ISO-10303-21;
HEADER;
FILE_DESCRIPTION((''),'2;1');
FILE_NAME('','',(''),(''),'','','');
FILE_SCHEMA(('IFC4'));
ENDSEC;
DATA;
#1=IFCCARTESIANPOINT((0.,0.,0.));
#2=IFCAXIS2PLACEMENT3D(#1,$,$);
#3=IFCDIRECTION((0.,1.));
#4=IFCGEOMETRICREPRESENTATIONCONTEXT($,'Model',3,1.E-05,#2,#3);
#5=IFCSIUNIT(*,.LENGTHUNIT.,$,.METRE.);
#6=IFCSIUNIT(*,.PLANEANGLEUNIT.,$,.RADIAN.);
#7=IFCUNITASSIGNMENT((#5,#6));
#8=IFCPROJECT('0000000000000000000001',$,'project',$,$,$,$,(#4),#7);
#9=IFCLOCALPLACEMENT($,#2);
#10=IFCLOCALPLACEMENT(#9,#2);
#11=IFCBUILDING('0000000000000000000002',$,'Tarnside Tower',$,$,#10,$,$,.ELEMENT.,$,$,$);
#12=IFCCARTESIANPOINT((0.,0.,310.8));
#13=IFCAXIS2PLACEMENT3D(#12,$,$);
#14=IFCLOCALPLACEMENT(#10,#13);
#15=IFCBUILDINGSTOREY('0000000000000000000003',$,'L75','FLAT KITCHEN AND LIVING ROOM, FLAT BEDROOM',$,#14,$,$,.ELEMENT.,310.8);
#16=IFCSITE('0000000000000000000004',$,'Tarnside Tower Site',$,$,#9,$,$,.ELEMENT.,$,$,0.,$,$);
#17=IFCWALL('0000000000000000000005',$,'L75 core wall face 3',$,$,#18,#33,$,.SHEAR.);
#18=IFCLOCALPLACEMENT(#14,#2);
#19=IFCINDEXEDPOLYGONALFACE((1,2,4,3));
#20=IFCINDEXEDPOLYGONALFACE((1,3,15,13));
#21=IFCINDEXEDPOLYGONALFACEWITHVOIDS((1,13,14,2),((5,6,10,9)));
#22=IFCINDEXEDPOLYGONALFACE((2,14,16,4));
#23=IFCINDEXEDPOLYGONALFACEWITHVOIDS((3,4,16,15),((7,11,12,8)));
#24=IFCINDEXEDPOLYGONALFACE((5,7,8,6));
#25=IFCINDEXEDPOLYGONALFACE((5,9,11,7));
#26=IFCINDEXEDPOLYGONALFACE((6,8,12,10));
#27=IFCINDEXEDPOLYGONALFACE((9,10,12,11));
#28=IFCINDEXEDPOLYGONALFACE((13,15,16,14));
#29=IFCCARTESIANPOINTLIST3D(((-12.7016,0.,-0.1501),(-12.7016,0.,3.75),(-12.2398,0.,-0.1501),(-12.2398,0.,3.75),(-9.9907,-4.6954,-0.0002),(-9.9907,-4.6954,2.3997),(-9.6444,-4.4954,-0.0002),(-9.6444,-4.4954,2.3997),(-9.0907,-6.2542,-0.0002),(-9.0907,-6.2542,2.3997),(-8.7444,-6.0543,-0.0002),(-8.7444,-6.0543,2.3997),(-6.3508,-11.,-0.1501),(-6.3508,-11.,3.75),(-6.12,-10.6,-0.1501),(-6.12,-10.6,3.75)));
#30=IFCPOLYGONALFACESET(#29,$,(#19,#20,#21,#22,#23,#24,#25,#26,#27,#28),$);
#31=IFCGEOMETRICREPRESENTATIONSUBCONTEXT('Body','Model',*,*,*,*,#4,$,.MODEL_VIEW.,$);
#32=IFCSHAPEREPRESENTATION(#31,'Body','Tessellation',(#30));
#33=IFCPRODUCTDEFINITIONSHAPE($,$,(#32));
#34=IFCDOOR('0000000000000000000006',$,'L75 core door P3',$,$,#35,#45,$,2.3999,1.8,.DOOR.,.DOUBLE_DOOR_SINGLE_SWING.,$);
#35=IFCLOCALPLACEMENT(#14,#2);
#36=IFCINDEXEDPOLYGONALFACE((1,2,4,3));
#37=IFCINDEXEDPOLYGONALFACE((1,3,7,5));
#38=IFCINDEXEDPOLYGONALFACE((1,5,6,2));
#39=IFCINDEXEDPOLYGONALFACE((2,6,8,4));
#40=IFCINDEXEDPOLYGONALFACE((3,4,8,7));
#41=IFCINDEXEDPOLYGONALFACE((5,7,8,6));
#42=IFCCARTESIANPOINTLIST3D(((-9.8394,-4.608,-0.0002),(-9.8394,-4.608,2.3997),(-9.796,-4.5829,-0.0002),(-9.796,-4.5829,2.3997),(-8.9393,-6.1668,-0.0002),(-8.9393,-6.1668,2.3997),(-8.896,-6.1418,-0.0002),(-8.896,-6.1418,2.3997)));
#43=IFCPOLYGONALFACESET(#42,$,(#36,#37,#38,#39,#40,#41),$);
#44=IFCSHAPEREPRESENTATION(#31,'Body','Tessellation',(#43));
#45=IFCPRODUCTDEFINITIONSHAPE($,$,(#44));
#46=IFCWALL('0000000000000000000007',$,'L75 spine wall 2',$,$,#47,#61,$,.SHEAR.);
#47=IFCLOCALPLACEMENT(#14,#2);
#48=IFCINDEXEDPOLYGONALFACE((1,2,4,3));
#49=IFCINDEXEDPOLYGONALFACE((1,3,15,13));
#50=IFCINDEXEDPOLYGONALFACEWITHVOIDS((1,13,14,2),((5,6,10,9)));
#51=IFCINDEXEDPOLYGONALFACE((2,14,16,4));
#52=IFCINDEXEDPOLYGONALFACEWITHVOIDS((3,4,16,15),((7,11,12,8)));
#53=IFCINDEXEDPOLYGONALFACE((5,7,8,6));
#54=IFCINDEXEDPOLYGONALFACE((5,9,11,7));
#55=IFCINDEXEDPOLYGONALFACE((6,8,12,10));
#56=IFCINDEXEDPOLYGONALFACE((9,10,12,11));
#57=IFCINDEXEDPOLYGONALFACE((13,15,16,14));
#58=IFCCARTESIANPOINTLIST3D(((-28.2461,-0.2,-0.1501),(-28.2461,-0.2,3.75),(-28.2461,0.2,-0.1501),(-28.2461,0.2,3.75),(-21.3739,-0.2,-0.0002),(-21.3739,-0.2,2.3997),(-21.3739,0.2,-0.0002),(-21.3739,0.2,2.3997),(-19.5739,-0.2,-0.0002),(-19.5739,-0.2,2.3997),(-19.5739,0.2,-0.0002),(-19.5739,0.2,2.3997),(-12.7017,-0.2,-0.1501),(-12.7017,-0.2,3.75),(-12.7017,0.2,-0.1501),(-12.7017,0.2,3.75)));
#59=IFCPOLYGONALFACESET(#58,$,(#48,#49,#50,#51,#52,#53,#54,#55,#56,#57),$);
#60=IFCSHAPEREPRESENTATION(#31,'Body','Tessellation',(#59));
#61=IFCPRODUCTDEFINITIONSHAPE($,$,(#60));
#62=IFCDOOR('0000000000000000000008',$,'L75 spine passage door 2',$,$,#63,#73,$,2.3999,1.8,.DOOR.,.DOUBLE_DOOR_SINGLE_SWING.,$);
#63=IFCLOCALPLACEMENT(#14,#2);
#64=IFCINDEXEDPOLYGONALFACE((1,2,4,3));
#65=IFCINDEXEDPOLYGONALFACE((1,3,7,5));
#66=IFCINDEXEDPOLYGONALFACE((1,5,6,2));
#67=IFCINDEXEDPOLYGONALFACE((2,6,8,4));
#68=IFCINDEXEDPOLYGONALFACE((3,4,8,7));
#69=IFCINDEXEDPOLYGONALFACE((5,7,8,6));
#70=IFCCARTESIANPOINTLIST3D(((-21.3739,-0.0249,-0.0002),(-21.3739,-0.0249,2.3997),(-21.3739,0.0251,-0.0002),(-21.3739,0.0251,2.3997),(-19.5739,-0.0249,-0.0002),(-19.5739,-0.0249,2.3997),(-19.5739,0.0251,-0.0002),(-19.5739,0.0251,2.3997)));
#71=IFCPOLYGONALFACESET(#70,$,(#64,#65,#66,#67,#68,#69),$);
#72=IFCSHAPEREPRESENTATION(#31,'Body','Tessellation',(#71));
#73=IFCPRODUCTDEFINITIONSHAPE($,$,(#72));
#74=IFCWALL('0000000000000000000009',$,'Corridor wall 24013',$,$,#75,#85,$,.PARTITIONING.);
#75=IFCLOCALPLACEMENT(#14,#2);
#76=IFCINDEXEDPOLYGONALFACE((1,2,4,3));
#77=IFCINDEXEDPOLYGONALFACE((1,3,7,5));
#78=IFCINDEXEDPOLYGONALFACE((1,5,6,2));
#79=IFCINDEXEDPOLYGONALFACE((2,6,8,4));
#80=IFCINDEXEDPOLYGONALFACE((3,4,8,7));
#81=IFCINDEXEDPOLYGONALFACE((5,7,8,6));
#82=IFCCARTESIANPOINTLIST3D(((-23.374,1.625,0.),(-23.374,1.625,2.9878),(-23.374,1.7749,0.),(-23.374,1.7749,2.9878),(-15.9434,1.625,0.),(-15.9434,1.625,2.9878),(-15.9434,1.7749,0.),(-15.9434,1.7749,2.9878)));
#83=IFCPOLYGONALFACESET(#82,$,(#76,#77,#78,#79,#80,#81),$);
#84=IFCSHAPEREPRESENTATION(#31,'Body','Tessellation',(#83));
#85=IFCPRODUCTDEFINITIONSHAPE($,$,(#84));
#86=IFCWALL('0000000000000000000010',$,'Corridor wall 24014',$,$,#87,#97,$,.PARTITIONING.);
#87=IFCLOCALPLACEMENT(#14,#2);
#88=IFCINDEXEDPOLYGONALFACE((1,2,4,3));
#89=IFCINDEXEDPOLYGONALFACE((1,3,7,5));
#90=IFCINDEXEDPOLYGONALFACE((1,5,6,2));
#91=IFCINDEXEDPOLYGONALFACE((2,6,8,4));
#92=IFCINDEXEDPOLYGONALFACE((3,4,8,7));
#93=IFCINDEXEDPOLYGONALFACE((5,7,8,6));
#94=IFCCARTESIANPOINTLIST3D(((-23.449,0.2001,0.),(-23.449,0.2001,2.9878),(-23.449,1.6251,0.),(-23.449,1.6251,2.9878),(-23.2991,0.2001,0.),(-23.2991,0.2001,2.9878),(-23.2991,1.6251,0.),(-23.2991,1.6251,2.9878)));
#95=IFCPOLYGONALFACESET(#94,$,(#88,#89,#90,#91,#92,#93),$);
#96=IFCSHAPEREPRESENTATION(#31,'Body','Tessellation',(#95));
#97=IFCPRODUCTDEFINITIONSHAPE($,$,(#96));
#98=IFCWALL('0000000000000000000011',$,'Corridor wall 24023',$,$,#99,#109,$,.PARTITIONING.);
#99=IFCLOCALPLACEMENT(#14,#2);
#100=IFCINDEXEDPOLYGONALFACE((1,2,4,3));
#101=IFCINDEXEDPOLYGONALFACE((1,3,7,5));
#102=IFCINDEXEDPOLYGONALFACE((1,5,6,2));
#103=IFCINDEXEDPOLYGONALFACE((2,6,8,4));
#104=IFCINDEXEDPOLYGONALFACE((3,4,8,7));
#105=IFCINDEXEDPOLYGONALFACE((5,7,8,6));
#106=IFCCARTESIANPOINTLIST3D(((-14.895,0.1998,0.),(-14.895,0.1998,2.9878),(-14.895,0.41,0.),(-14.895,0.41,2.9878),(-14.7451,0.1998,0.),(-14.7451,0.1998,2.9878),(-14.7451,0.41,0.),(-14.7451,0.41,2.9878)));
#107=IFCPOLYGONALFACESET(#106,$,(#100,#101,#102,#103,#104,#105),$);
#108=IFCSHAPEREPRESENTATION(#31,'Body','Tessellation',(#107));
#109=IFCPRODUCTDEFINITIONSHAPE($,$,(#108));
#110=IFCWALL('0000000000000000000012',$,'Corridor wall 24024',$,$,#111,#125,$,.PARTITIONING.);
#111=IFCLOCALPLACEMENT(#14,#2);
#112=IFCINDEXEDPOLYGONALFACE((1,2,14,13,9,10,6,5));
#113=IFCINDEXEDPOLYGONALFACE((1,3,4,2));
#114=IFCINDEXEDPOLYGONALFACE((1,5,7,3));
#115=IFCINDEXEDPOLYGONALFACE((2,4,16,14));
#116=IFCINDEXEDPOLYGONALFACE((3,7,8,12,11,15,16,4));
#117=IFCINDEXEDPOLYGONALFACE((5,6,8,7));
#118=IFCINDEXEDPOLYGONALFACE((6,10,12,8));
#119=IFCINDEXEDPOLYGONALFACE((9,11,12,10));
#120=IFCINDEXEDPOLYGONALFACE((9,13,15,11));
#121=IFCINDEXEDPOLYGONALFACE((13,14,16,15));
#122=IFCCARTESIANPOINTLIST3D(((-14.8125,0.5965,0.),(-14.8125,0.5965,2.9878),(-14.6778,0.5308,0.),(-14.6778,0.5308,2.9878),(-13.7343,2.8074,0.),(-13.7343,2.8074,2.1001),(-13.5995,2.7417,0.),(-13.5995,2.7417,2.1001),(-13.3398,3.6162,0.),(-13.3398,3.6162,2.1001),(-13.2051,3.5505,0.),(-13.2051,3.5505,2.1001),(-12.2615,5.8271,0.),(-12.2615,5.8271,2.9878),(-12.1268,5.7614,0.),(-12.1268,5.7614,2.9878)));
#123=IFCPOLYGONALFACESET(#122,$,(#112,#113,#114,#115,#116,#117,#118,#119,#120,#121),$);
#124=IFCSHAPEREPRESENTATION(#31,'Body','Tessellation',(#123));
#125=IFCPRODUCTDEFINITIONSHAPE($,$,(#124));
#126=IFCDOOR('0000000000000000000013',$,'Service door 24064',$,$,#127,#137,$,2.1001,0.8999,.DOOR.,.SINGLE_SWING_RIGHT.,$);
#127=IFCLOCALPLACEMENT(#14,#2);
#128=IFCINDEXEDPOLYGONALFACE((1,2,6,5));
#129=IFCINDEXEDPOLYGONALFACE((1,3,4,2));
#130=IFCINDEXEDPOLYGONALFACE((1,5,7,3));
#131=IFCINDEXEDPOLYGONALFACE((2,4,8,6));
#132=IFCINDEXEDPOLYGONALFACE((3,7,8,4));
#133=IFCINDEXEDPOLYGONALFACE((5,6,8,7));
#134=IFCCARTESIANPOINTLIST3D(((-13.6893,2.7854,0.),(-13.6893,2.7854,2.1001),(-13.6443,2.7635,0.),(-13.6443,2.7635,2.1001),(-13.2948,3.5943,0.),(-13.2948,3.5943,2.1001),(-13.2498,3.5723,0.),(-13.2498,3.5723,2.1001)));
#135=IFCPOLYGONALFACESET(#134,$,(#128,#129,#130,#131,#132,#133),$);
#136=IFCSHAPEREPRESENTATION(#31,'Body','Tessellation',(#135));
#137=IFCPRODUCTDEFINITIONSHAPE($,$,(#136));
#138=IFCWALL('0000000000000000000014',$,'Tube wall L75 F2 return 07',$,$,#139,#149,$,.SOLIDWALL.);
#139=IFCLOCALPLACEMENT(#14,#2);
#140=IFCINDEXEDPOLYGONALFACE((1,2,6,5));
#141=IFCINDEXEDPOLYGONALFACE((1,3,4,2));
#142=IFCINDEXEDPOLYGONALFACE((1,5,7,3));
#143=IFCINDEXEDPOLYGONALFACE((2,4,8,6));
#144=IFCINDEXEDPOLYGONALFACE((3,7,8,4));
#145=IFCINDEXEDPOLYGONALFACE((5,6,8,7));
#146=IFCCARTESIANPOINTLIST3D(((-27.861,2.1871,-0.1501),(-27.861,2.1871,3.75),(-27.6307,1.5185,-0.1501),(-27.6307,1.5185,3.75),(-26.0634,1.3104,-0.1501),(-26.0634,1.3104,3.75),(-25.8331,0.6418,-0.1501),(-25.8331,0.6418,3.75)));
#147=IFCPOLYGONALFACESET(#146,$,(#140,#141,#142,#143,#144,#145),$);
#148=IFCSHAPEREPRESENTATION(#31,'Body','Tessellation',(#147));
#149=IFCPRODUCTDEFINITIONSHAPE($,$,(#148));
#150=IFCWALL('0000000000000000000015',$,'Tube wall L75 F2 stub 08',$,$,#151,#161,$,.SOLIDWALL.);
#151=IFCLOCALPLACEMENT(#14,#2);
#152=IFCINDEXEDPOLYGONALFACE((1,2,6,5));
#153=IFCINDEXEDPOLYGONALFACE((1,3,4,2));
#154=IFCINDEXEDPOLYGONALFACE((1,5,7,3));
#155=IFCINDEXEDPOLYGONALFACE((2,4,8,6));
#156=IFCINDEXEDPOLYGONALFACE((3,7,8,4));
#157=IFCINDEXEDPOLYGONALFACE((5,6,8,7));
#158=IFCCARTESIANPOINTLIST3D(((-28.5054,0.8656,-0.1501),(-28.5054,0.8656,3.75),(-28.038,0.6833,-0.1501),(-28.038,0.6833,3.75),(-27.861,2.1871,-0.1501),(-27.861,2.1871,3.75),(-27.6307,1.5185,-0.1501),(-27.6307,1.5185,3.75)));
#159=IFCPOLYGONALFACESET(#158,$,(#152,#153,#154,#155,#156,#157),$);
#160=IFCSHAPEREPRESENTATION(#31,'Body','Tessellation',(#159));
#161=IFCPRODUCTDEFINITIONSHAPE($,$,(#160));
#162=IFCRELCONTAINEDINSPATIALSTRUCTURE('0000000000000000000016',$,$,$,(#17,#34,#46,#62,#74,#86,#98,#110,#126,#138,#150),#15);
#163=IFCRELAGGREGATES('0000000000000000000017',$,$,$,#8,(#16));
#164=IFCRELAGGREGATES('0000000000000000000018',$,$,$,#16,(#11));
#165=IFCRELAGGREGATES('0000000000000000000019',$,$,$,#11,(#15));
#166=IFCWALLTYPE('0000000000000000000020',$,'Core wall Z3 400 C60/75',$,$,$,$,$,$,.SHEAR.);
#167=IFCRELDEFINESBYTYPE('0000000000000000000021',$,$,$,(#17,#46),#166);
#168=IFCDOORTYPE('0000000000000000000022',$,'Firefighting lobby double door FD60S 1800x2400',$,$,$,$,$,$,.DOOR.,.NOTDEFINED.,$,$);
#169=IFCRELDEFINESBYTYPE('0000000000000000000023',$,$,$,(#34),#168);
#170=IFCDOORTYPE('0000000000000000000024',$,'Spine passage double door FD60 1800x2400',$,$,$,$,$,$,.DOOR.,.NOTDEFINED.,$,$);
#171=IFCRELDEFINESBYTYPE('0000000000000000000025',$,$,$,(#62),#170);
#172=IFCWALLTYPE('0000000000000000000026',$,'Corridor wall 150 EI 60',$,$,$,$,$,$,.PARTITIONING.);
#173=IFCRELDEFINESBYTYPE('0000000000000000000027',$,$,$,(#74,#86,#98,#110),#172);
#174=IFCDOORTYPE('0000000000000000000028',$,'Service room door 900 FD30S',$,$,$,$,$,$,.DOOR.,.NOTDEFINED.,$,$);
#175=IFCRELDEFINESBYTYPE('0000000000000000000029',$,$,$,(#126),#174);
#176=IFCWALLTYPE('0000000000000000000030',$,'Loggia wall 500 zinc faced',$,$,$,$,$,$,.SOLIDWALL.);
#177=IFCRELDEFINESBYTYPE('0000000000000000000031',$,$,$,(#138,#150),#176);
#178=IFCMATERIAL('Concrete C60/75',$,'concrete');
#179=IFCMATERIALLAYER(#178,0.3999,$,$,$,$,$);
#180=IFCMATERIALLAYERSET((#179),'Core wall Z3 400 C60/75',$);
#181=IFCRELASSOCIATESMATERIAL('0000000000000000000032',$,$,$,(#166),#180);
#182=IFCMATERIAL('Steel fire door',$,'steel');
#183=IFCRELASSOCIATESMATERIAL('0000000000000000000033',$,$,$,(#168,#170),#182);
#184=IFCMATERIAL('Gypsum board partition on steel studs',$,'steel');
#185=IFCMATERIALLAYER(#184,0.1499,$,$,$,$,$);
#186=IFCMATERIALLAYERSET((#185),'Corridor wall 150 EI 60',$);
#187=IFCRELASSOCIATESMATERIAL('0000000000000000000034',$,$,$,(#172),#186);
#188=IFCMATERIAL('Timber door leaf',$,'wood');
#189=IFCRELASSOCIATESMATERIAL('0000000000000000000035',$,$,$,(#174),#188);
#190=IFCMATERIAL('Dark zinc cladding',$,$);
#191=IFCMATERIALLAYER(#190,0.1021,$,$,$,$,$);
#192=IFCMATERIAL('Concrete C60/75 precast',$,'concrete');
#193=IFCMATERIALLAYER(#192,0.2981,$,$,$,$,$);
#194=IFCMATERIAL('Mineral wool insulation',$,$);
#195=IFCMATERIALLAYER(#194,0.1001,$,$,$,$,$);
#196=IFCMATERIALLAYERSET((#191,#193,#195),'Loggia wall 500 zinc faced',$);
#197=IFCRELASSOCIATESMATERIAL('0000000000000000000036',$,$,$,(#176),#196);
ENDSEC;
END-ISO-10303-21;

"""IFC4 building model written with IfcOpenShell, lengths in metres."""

from ifc_helpers import new_model, si_unit, direction, frame, frame_2d, origin, place, context, subcontext, project, spatial, polyline, rectangle, outline, extrude, material, layer, layer_set, type_object, element, fill, save


model = new_model("IFC4")

# Units and contexts
model_context = context("Model", 3, precision=1e-05, world=origin(), true_north=direction((0.0, 1.0)))
body_context = subcontext(model_context, "Body", "Model", "MODEL_VIEW")
ifc_project = project(units=[si_unit("LENGTHUNIT", "METRE"), si_unit("PLANEANGLEUNIT", "RADIAN")], contexts=[model_context])

# Site, building, storey
site_placement = place(None, origin())
site = spatial("IfcSite", under=ifc_project, at=site_placement, Name="Tarnside Tower Site", CompositionType="ELEMENT", RefElevation=0.0)
building_placement = place(site_placement, origin())
building = spatial("IfcBuilding", under=site, at=building_placement, Name="Tarnside Tower", CompositionType="ELEMENT")
storey_placement = place(building_placement, frame((0.0, 0.0, 310.8)))
storey = spatial("IfcBuildingStorey", under=building, at=storey_placement, Name="L75", Description="FLAT KITCHEN AND LIVING ROOM, FLAT BEDROOM", CompositionType="ELEMENT", Elevation=310.8)

# Walls, openings, doors
ifc_material_1 = material(Name="Concrete C60/75", Category="concrete")
ifc_layer_1 = layer(ifc_material_1, 0.3999)
ifc_layer_set_1 = layer_set([ifc_layer_1], Name="Core wall Z3 400 C60/75")
wall_type_1 = type_object("IfcWallType", Name="Core wall Z3 400 C60/75", PredefinedType="SHEAR", material=ifc_layer_set_1)
wall_1_placement = place(storey_placement, frame((-12.4707, 0.0, -0.1501), z_axis=(0.0, 0.0, 1.0), x_axis=(0.499996, -0.866027, 0.0)))
wall_1 = element("IfcWall", 1, at=wall_1_placement, inside=storey, type_object=wall_type_1, Name="L75 core wall face 3", PredefinedType="SHEAR", context=body_context, shape_type="SweptSolid", body=[
    extrude(outline(polyline([(-0.1155, -0.2), (12.5862, -0.2), (12.3552, 0.2), (0.1155, 0.2), (-0.1155, -0.2)])), origin(), (0.0, 0.0, 1.0), 3.9001),
])
opening_1_placement = place(wall_1_placement, frame((5.3064, 0.0, 0.1499)))
opening_1 = element("IfcOpeningElement", 2, at=opening_1_placement, cuts=wall_1, PredefinedType="OPENING", context=body_context, shape_type="SweptSolid", body=[
    extrude(rectangle(XDim=1.8, YDim=2.3999, at=frame_2d((0.8999, 1.2))), frame((0.0, 0.21, 0.0), z_axis=(0.0, -1.0, 0.0), x_axis=(1.0, 0.0, 0.0)), (0.0, 0.0, 1.0), 0.4199),
])
ifc_material_2 = material(Name="Steel fire door", Category="steel")
door_type_1 = type_object("IfcDoorType", Name="Firefighting lobby double door FD60S 1800x2400", OperationType="NOTDEFINED", PredefinedType="DOOR", material=ifc_material_2)
door_1_placement = place(opening_1_placement, origin())
door_1 = element("IfcDoor", 3, at=door_1_placement, inside=storey, type_object=door_type_1, Name="L75 core door P3", OperationType="DOUBLE_DOOR_SINGLE_SWING", OverallHeight=2.3999, OverallWidth=1.8, PredefinedType="DOOR", context=body_context, shape_type="SweptSolid", body=[
    extrude(rectangle(XDim=1.8, YDim=2.3999, at=frame_2d((0.8999, 1.2))), frame((0.0, 0.0249, 0.0), z_axis=(0.0, -1.0, 0.0), x_axis=(1.0, 0.0, 0.0)), (0.0, 0.0, 1.0), 0.05),
])
fill(opening_1, door_1)
wall_2_placement = place(storey_placement, frame((-12.7017, 0.0, -0.1501), z_axis=(0.0, 0.0, 1.0), x_axis=(-1.0, 0.0, 0.0)))
wall_2 = element("IfcWall", 4, at=wall_2_placement, inside=storey, type_object=wall_type_1, Name="L75 spine wall 2", PredefinedType="SHEAR", context=body_context, shape_type="SweptSolid", body=[
    extrude(rectangle(XDim=15.5444, YDim=0.3999, at=frame_2d((7.7722, 0.0))), origin(), (0.0, 0.0, 1.0), 3.9001),
])
opening_2_placement = place(wall_2_placement, frame((6.8723, 0.0, 0.1499)))
opening_2 = element("IfcOpeningElement", 5, at=opening_2_placement, cuts=wall_2, PredefinedType="OPENING", context=body_context, shape_type="SweptSolid", body=[
    extrude(rectangle(XDim=1.8, YDim=2.3999, at=frame_2d((0.8999, 1.2))), frame((0.0, 0.21, 0.0), z_axis=(0.0, -1.0, 0.0), x_axis=(1.0, 0.0, 0.0)), (0.0, 0.0, 1.0), 0.4199),
])
door_type_2 = type_object("IfcDoorType", Name="Spine passage double door FD60 1800x2400", OperationType="NOTDEFINED", PredefinedType="DOOR", material=ifc_material_2)
door_2_placement = place(opening_2_placement, origin())
door_2 = element("IfcDoor", 6, at=door_2_placement, inside=storey, type_object=door_type_2, Name="L75 spine passage door 2", OperationType="DOUBLE_DOOR_SINGLE_SWING", OverallHeight=2.3999, OverallWidth=1.8, PredefinedType="DOOR", context=body_context, shape_type="SweptSolid", body=[
    extrude(rectangle(XDim=1.8, YDim=2.3999, at=frame_2d((0.8999, 1.2))), frame((0.0, 0.0249, 0.0), z_axis=(0.0, -1.0, 0.0), x_axis=(1.0, 0.0, 0.0)), (0.0, 0.0, 1.0), 0.05),
])
fill(opening_2, door_2)

# Walls
ifc_material_3 = material(Name="Gypsum board partition on steel studs", Category="steel")
ifc_layer_2 = layer(ifc_material_3, 0.1499)
ifc_layer_set_2 = layer_set([ifc_layer_2], Name="Corridor wall 150 EI 60")
wall_type_2 = type_object("IfcWallType", Name="Corridor wall 150 EI 60", PredefinedType="PARTITIONING", material=ifc_layer_set_2)
wall_3_placement = place(storey_placement, frame((-15.9434, 1.7, 0.0), z_axis=(0.0, 0.0, 1.0), x_axis=(-1.0, 0.0, 0.0)))
element("IfcWall", 7, at=wall_3_placement, inside=storey, type_object=wall_type_2, Name="Corridor wall 24013", PredefinedType="PARTITIONING", context=body_context, shape_type="SweptSolid", body=[
    extrude(rectangle(XDim=7.4307, YDim=0.1499, at=frame_2d((3.7153, 0.0))), origin(), (0.0, 0.0, 1.0), 2.9878),
])
wall_4_placement = place(storey_placement, frame((-23.374, 1.625, 0.0), z_axis=(0.0, 0.0, 1.0), x_axis=(0.0, -1.0, 0.0)))
element("IfcWall", 8, at=wall_4_placement, inside=storey, type_object=wall_type_2, Name="Corridor wall 24014", PredefinedType="PARTITIONING", context=body_context, shape_type="SweptSolid", body=[
    extrude(rectangle(XDim=1.425, YDim=0.1499, at=frame_2d((0.7124, 0.0))), origin(), (0.0, 0.0, 1.0), 2.9878),
])
wall_5_placement = place(storey_placement, frame((-14.8201, 0.2, 0.0), z_axis=(0.0, 0.0, 1.0), x_axis=(0.0, 1.0, 0.0)))
element("IfcWall", 9, at=wall_5_placement, inside=storey, type_object=wall_type_2, Name="Corridor wall 24023", PredefinedType="PARTITIONING", context=body_context, shape_type="SweptSolid", body=[
    extrude(rectangle(XDim=0.2102, YDim=0.1499, at=frame_2d((0.105, 0.0))), origin(), (0.0, 0.0, 1.0), 2.9878),
])

# Wall, opening, door
wall_6_placement = place(storey_placement, frame((-14.7451, 0.5637, 0.0), z_axis=(0.0, 0.0, 1.0), x_axis=(0.438348, 0.898805, 0.0)))
wall_6 = element("IfcWall", 10, at=wall_6_placement, inside=storey, type_object=wall_type_2, Name="Corridor wall 24024", PredefinedType="PARTITIONING", context=body_context, shape_type="SweptSolid", body=[
    extrude(rectangle(XDim=5.8196, YDim=0.1499, at=frame_2d((2.9097, 0.0))), origin(), (0.0, 0.0, 1.0), 2.9878),
])
opening_3_placement = place(wall_6_placement, frame((2.4597, 0.0, 0.0)))
opening_3 = element("IfcOpeningElement", 11, at=opening_3_placement, cuts=wall_6, PredefinedType="OPENING", context=body_context, shape_type="SweptSolid", body=[
    extrude(rectangle(XDim=0.8999, YDim=2.1001, at=frame_2d((0.45, 1.05))), frame((0.0, 0.085, 0.0), z_axis=(0.0, -1.0, 0.0), x_axis=(1.0, 0.0, 0.0)), (0.0, 0.0, 1.0), 0.1699),
])
ifc_material_4 = material(Name="Timber door leaf", Category="wood")
door_type_3 = type_object("IfcDoorType", Name="Service room door 900 FD30S", OperationType="NOTDEFINED", PredefinedType="DOOR", material=ifc_material_4)
door_3_placement = place(opening_3_placement, origin())
door_3 = element("IfcDoor", 12, at=door_3_placement, inside=storey, type_object=door_type_3, Name="Service door 24064", OperationType="SINGLE_SWING_RIGHT", OverallHeight=2.1001, OverallWidth=0.8999, PredefinedType="DOOR", context=body_context, shape_type="SweptSolid", body=[
    extrude(rectangle(XDim=0.8999, YDim=2.1001, at=frame_2d((0.45, 1.05))), frame((0.0, 0.0249, 0.0), z_axis=(0.0, -1.0, 0.0), x_axis=(1.0, 0.0, 0.0)), (0.0, 0.0, 1.0), 0.05),
])
fill(opening_3, door_3)

# Walls
ifc_material_5 = material(Name="Dark zinc cladding")
ifc_layer_3 = layer(ifc_material_5, 0.1021)
ifc_material_6 = material(Name="Concrete C60/75 precast", Category="concrete")
ifc_layer_4 = layer(ifc_material_6, 0.2981)
ifc_material_7 = material(Name="Mineral wool insulation")
ifc_layer_5 = layer(ifc_material_7, 0.1001)
ifc_layer_set_3 = layer_set([ifc_layer_3, ifc_layer_4, ifc_layer_5], Name="Loggia wall 500 zinc faced")
wall_type_3 = type_object("IfcWallType", Name="Loggia wall 500 zinc faced", PredefinedType="SOLIDWALL", material=ifc_layer_set_3)
wall_7_placement = place(storey_placement, frame((-25.9482, 0.9761, -0.1501), z_axis=(0.0, 0.0, 1.0), x_axis=(-0.898802, 0.438354, 0.0)))
element("IfcWall", 13, at=wall_7_placement, inside=storey, type_object=wall_type_3, Name="Tube wall L75 F2 return 07", PredefinedType="SOLIDWALL", context=body_context, shape_type="SweptSolid", body=[
    extrude(outline(polyline([(0.25, -0.25), (2.25, -0.25), (1.75, 0.25), (-0.25, 0.25), (0.25, -0.25)])), origin(), (0.0, 0.0, 1.0), 3.9001),
])
wall_8_placement = place(storey_placement, frame((-27.7458, 1.8528, -0.1501), z_axis=(0.0, 0.0, 1.0), x_axis=(-0.438319, -0.898819, 0.0)))
element("IfcWall", 14, at=wall_8_placement, inside=storey, type_object=wall_type_3, Name="Tube wall L75 F2 stub 08", PredefinedType="SOLIDWALL", context=body_context, shape_type="SweptSolid", body=[
    extrude(outline(polyline([(-0.25, -0.25), (1.2202, -0.25), (1.1792, 0.25), (0.25, 0.25), (-0.25, -0.25)])), origin(), (0.0, 0.0, 1.0), 3.9001),
])

save(model, "model.ifc")
